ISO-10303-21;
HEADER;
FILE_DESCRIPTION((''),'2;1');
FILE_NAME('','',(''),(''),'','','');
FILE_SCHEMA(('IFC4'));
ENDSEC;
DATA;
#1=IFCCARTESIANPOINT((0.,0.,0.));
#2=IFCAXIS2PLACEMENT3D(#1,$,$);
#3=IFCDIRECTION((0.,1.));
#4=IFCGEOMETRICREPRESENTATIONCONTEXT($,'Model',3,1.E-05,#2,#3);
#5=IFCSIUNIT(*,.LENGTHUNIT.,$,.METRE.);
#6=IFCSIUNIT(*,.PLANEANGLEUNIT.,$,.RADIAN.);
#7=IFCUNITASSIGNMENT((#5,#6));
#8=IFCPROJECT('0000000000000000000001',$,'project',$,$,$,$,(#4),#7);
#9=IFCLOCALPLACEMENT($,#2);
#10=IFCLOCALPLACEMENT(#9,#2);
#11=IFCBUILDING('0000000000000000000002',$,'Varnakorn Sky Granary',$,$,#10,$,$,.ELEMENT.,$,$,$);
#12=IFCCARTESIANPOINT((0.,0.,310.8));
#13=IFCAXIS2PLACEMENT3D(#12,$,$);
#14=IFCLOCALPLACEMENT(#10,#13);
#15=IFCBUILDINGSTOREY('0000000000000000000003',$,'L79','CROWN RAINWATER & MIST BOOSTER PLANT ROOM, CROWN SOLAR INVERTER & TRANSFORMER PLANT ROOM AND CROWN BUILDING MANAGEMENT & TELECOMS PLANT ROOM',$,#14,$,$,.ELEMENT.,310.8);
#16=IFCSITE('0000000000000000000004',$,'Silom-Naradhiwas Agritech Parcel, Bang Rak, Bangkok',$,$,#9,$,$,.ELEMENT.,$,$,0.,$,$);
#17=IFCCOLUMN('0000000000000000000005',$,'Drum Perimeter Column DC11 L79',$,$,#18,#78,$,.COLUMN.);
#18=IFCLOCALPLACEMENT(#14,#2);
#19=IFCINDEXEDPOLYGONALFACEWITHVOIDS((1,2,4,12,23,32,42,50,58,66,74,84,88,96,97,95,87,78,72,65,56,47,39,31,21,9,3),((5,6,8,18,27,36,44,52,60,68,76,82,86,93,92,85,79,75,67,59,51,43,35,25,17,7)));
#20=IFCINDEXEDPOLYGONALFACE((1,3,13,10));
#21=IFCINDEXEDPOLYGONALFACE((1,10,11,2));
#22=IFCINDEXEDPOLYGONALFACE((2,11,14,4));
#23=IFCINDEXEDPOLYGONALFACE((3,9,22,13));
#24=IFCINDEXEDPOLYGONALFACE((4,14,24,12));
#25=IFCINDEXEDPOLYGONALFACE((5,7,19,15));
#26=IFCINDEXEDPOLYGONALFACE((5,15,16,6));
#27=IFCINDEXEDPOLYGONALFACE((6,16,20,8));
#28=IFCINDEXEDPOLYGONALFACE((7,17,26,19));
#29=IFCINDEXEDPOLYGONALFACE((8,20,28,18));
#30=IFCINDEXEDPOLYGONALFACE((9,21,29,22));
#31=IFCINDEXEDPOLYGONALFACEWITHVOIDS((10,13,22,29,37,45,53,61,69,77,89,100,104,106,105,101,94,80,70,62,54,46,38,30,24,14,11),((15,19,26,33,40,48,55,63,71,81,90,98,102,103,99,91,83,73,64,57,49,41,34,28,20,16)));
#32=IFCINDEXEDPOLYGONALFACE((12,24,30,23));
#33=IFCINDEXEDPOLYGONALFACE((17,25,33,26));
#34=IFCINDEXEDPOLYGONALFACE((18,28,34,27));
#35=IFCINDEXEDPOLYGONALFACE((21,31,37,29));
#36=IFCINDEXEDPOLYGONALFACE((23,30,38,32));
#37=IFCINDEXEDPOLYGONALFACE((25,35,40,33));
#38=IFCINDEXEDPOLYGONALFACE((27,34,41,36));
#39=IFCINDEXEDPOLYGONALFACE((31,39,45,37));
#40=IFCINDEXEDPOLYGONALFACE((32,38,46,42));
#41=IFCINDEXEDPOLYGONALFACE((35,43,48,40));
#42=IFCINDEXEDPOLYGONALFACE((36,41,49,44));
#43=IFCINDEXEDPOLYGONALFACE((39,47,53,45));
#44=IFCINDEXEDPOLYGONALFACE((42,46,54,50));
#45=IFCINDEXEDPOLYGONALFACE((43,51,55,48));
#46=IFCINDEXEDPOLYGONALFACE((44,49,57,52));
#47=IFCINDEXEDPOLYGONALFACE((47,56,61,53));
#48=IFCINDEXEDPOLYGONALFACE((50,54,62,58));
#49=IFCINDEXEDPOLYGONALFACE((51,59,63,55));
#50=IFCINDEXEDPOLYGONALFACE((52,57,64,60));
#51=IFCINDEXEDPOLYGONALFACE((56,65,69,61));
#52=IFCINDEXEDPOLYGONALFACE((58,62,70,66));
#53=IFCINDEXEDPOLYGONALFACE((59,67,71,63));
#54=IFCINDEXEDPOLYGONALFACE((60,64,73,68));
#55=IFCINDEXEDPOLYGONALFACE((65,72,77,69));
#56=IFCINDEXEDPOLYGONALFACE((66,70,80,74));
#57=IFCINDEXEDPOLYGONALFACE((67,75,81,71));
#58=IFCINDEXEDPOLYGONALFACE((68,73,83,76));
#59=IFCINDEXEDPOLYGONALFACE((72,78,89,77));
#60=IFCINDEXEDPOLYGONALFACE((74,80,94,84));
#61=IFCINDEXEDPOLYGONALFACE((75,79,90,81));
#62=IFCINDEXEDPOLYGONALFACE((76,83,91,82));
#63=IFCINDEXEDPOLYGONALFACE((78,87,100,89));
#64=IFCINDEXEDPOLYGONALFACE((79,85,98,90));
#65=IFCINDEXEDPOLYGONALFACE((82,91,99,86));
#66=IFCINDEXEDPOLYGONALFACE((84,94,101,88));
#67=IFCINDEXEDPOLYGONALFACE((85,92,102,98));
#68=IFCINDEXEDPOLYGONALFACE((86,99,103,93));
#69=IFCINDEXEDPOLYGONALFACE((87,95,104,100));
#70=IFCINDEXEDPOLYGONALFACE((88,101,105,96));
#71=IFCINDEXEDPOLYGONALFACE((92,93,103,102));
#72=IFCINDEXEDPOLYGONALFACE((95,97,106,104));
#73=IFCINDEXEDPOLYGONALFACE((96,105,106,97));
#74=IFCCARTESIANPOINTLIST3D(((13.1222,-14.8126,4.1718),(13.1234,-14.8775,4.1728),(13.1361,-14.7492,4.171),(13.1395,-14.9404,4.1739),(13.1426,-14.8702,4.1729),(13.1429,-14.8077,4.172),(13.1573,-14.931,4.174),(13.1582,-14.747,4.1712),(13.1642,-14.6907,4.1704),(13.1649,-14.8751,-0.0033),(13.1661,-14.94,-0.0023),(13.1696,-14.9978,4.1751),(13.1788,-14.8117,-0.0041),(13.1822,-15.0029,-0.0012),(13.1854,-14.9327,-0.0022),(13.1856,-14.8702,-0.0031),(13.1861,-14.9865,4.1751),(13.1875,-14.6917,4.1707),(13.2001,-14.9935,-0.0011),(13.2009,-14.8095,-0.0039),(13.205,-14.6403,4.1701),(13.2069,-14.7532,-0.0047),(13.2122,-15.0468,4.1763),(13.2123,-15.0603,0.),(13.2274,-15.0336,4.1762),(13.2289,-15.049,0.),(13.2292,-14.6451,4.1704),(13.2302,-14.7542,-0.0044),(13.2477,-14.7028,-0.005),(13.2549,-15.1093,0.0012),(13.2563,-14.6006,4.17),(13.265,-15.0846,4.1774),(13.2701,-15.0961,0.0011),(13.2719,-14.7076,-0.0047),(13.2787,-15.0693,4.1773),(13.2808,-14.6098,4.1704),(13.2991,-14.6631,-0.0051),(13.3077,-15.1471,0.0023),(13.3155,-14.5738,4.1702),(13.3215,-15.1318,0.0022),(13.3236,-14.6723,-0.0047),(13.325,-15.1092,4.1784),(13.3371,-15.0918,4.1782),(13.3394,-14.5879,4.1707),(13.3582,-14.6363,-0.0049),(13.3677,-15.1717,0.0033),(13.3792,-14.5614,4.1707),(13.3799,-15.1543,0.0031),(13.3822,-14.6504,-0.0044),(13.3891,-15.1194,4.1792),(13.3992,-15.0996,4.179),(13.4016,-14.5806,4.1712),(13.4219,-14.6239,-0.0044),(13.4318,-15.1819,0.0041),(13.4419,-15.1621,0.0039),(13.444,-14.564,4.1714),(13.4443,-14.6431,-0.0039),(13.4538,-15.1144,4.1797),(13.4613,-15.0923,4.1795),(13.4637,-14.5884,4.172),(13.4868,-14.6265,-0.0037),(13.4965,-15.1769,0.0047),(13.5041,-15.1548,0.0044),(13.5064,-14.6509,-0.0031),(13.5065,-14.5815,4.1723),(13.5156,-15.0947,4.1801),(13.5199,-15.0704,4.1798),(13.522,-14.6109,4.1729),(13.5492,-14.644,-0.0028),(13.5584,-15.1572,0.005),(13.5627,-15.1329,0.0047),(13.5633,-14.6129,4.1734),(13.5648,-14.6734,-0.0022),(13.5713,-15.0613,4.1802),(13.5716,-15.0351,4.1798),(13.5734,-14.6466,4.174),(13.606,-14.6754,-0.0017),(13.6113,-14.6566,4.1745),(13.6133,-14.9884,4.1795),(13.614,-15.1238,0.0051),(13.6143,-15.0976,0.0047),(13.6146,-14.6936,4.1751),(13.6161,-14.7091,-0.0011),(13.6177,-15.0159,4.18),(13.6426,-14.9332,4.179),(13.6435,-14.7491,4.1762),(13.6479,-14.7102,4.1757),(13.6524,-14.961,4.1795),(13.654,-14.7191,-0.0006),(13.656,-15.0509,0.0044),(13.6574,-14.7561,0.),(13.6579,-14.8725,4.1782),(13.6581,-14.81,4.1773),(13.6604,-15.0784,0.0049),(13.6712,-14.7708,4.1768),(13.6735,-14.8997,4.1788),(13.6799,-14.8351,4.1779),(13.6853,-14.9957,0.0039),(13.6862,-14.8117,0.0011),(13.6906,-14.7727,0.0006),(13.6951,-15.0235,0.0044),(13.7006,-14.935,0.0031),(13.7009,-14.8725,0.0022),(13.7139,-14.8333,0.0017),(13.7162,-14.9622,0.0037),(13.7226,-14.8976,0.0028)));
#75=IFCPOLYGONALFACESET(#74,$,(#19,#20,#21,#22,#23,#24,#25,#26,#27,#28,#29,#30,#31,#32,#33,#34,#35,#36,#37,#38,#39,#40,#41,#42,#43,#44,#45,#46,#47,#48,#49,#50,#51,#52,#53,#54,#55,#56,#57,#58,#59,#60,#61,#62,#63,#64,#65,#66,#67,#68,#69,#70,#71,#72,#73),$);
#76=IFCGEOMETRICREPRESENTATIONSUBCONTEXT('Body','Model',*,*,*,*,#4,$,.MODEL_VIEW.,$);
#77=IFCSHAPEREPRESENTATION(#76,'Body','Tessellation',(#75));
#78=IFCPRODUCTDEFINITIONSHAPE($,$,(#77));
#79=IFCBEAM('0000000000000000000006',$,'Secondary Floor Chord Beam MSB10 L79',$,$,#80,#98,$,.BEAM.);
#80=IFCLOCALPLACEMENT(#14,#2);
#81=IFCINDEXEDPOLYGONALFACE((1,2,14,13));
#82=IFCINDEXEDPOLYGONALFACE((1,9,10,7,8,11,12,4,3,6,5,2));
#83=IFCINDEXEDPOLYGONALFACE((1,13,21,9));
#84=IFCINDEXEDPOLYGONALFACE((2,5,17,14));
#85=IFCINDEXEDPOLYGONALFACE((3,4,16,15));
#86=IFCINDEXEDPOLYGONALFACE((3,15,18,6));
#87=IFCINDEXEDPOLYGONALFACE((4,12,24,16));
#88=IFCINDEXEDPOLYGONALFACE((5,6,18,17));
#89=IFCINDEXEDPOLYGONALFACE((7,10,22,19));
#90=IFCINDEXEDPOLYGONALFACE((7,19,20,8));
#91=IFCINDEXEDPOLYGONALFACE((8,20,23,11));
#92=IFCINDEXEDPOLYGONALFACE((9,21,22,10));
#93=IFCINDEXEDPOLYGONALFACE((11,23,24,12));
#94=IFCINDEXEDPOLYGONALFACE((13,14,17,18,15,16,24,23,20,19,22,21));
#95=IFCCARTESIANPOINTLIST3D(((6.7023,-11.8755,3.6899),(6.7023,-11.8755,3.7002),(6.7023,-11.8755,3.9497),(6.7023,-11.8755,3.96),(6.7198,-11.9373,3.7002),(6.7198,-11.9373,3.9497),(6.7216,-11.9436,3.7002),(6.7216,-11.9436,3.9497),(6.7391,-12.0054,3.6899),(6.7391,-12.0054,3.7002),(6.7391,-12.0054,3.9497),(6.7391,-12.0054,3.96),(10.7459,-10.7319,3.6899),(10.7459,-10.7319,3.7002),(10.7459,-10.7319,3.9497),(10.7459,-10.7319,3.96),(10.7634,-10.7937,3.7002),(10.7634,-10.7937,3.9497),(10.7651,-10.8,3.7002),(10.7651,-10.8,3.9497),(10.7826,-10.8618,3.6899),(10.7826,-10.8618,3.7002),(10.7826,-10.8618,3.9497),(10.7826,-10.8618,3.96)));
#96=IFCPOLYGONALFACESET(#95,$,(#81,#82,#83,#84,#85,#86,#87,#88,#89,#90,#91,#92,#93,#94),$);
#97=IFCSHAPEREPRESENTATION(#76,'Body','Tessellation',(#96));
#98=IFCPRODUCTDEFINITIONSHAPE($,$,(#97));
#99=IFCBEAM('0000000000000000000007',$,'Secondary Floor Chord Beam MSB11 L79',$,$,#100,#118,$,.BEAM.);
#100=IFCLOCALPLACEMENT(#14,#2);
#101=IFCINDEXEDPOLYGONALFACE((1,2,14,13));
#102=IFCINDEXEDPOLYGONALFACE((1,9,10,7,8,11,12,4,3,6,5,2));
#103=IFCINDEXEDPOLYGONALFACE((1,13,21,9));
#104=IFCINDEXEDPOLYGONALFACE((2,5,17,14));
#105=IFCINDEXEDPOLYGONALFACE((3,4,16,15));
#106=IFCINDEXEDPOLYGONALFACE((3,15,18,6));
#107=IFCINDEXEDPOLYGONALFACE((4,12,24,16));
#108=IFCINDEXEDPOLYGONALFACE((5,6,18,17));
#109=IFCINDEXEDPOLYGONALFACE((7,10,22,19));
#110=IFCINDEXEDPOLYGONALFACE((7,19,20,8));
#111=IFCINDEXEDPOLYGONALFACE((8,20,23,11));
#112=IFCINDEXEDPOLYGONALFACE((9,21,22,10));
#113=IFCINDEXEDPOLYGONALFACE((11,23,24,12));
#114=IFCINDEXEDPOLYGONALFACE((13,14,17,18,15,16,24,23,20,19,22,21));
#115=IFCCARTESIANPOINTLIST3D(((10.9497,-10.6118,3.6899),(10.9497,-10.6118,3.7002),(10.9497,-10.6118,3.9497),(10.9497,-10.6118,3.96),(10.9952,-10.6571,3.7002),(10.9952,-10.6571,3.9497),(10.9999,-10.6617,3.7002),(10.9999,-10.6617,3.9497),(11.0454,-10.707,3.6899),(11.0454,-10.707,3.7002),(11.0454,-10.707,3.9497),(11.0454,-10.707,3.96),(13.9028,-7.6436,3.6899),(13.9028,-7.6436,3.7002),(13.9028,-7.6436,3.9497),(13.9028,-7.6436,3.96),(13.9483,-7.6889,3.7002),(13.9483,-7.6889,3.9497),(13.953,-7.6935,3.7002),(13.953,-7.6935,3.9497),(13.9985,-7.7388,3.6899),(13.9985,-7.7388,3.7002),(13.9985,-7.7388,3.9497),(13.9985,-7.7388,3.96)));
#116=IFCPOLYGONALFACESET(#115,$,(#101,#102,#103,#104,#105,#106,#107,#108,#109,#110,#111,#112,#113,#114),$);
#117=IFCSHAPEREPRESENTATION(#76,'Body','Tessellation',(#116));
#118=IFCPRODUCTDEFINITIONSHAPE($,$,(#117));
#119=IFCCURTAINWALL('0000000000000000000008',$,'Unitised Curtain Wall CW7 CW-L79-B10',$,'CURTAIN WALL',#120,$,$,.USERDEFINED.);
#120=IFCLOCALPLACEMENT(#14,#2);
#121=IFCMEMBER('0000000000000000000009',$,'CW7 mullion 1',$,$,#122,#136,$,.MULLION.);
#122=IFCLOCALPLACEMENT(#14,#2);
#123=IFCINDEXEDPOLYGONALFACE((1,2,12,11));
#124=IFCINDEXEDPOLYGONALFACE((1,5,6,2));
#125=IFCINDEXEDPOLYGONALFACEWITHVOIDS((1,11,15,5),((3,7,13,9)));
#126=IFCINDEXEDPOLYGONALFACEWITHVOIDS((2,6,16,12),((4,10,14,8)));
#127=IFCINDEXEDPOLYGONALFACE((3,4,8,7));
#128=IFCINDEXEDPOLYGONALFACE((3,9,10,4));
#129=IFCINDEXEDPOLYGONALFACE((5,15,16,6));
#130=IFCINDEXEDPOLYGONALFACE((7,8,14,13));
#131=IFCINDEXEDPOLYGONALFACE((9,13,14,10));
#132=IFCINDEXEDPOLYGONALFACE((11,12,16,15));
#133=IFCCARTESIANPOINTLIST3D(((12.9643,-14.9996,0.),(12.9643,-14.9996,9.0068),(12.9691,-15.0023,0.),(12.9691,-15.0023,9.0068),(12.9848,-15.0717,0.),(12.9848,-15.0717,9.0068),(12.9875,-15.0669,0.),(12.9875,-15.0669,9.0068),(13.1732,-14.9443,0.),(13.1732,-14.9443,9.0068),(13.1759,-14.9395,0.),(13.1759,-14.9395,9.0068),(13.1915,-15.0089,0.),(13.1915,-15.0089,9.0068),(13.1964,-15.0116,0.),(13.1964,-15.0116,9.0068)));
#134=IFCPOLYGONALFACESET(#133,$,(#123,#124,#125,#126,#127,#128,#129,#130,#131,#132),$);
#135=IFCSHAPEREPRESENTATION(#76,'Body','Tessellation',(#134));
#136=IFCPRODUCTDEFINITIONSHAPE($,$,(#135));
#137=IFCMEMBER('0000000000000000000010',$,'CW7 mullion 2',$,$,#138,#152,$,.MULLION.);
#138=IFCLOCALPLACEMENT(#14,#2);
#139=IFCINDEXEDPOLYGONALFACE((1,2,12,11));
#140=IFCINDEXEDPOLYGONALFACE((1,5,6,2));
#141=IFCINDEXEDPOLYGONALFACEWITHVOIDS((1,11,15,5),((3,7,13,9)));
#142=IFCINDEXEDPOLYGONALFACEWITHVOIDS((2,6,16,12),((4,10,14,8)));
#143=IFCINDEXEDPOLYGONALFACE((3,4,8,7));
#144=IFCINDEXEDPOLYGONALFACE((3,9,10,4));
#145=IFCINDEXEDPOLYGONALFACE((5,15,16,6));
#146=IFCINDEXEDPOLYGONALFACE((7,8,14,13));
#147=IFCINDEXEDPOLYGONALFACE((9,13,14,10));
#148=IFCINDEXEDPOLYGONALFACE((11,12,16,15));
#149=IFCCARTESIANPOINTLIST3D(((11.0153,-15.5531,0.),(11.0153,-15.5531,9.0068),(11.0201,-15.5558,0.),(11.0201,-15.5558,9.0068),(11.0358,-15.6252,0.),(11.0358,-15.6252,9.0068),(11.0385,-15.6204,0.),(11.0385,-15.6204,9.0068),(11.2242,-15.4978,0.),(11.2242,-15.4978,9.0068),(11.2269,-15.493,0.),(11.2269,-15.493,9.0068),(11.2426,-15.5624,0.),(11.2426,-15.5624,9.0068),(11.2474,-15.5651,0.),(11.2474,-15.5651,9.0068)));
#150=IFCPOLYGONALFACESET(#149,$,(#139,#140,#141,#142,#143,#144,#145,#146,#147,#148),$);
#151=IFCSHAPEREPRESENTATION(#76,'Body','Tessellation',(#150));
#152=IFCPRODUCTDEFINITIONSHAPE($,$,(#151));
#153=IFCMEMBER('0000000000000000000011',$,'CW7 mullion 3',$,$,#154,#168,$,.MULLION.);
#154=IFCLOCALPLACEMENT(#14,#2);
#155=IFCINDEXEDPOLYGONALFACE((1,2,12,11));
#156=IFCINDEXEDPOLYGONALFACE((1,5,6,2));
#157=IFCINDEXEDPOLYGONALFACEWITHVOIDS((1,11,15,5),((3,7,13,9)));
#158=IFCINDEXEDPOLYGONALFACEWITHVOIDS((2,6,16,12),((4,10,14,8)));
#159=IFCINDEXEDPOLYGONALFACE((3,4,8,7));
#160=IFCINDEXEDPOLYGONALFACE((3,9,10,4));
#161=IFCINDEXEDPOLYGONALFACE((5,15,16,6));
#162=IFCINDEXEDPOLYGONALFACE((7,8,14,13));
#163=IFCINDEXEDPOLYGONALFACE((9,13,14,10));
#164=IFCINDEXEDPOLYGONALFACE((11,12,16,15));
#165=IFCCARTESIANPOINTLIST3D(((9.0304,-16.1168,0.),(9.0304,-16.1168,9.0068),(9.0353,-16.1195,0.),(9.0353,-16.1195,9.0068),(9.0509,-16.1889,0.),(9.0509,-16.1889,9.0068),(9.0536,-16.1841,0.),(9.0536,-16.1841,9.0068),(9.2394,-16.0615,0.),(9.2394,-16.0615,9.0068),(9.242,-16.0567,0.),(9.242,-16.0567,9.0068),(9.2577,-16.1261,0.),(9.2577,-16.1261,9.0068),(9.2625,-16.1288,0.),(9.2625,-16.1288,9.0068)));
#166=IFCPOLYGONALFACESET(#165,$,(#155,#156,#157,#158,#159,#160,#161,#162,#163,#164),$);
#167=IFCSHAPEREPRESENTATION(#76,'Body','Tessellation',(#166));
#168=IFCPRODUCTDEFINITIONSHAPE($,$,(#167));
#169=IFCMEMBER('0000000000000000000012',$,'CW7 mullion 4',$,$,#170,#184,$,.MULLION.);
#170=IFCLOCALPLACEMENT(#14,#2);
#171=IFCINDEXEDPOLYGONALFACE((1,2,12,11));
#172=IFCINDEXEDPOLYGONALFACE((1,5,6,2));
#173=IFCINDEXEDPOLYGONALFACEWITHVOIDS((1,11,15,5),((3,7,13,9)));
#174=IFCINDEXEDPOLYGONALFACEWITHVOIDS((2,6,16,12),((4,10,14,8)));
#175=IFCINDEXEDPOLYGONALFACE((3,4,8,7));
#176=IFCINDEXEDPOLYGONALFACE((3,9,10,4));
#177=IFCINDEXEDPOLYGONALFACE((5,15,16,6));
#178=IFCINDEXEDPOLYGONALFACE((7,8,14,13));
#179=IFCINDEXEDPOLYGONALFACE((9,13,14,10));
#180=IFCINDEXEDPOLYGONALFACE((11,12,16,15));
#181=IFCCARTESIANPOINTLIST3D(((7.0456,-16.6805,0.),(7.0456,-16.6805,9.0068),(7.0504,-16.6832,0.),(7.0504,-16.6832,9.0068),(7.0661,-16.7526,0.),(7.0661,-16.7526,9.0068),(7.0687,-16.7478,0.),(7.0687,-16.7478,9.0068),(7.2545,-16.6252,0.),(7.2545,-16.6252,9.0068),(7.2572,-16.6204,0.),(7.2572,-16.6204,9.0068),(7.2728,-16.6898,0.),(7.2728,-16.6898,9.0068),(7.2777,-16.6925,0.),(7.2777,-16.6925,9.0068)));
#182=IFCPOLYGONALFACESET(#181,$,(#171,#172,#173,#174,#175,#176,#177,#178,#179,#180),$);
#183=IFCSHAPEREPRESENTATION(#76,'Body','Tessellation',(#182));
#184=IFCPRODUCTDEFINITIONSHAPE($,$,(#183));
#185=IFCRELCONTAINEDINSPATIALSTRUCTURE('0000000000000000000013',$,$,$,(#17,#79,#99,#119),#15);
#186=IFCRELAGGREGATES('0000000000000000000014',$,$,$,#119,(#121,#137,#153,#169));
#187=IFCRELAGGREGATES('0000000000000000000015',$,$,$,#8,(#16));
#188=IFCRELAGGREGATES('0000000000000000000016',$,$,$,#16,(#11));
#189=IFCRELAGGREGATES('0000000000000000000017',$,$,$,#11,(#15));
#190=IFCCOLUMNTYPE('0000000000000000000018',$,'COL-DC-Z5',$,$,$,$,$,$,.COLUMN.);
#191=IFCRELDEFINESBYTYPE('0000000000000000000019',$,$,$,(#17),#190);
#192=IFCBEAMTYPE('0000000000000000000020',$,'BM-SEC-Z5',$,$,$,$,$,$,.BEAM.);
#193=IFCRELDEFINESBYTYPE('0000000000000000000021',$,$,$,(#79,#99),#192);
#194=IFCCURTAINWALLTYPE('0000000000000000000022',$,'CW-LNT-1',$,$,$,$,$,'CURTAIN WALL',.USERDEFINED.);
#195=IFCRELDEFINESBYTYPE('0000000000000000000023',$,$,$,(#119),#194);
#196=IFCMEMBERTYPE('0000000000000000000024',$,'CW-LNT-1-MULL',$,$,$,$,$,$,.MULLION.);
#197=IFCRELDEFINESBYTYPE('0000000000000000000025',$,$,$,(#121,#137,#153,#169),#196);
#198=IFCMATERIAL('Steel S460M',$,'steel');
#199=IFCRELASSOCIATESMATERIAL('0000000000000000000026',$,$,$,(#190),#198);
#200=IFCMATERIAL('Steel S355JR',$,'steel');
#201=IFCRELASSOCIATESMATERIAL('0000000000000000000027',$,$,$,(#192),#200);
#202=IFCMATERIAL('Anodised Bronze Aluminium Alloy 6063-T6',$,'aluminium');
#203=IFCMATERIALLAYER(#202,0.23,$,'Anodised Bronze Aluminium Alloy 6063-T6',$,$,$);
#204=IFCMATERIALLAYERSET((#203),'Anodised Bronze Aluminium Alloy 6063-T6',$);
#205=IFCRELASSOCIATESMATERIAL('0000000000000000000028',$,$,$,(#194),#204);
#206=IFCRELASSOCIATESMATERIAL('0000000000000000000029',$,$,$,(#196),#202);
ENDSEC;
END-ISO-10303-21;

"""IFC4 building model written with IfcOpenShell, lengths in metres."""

from ifc_helpers import new_model, si_unit, direction, frame, origin, origin_2d, place, context, subcontext, project, spatial, hollow_rectangle, hollow_circle, i_section, extrude, material, layer, layer_set, material_profile, profile_set, type_object, element, aggregate, save


model = new_model("IFC4")

# Units and contexts
model_context = context("Model", 3, precision=1e-05, world=origin(), true_north=direction((0.0, 1.0)))
body_context = subcontext(model_context, "Body", "Model", "MODEL_VIEW")
ifc_project = project(units=[si_unit("LENGTHUNIT", "METRE"), si_unit("PLANEANGLEUNIT", "RADIAN")], contexts=[model_context])

# Site, building, storey
site_placement = place(None, origin())
site = spatial("IfcSite", under=ifc_project, at=site_placement, Name="Silom-Naradhiwas Agritech Parcel, Bang Rak, Bangkok", CompositionType="ELEMENT", RefElevation=0.0)
building_placement = place(site_placement, origin())
building = spatial("IfcBuilding", under=site, at=building_placement, Name="Varnakorn Sky Granary", CompositionType="ELEMENT")
storey_placement = place(building_placement, frame((0.0, 0.0, 310.8)))
storey = spatial("IfcBuildingStorey", under=building, at=storey_placement, Name="L79", Description="CROWN RAINWATER & MIST BOOSTER PLANT ROOM, CROWN SOLAR INVERTER & TRANSFORMER PLANT ROOM AND CROWN BUILDING MANAGEMENT & TELECOMS PLANT ROOM", CompositionType="ELEMENT", Elevation=310.8)

# Column
ifc_material_1 = material(Name="Steel S460M", Category="steel")
ifc_material_profile_1 = material_profile(ifc_material_1, hollow_circle(Radius=0.2795, WallThickness=0.02, at=origin_2d()), Name="CHS 559x20")
ifc_profile_set_1 = profile_set([ifc_material_profile_1], Name="Steel S460M")
column_type = type_object("IfcColumnType", Name="COL-DC-Z5", PredefinedType="COLUMN", material=ifc_profile_set_1)
column_placement = place(storey_placement, frame((13.4431, -14.9026, 0.0), z_axis=(-0.010232, 0.014967, 0.999836), x_axis=(-0.825544, -0.564337, 0.0)))
element("IfcColumn", 1, at=column_placement, inside=storey, type_object=column_type, Name="Drum Perimeter Column DC11 L79", PredefinedType="COLUMN", context=body_context, shape_type="SweptSolid", body=[
    extrude(hollow_circle(Radius=0.2795, WallThickness=0.02, at=origin_2d()), origin(), (0.0, 0.0, 1.0), 4.1758),
])

# Beams
ifc_material_2 = material(Name="Steel S355JR", Category="steel")
ifc_material_profile_2 = material_profile(ifc_material_2, i_section(OverallWidth=0.135, OverallDepth=0.27, WebThickness=0.0066, FlangeThickness=0.0103, at=origin_2d()), Name="IPE 270")
ifc_profile_set_2 = profile_set([ifc_material_profile_2], Name="Steel S355JR")
beam_type = type_object("IfcBeamType", Name="BM-SEC-Z5", PredefinedType="BEAM", material=ifc_profile_set_2)
beam_1_placement = place(storey_placement, frame((6.7207, -11.9404, 3.825), z_axis=(0.962257, 0.272142, 0.0), x_axis=(-0.272142, 0.962257, 0.0)))
element("IfcBeam", 2, at=beam_1_placement, inside=storey, type_object=beam_type, Name="Secondary Floor Chord Beam MSB10 L79", PredefinedType="BEAM", context=body_context, shape_type="SweptSolid", body=[
    extrude(i_section(OverallWidth=0.135, OverallDepth=0.27, WebThickness=0.0066, FlangeThickness=0.0103, at=origin_2d()), origin(), (0.0, 0.0, 1.0), 4.2021),
])
beam_2_placement = place(storey_placement, frame((10.9976, -10.6594, 3.825), z_axis=(0.705297, 0.708912, 0.0), x_axis=(-0.708912, 0.705297, 0.0)))
element("IfcBeam", 3, at=beam_2_placement, inside=storey, type_object=beam_type, Name="Secondary Floor Chord Beam MSB11 L79", PredefinedType="BEAM", context=body_context, shape_type="SweptSolid", body=[
    extrude(i_section(OverallWidth=0.135, OverallDepth=0.27, WebThickness=0.0066, FlangeThickness=0.0103, at=origin_2d()), origin(), (0.0, 0.0, 1.0), 4.187),
])

# Curtain wall, members
ifc_material_3 = material(Name="Anodised Bronze Aluminium Alloy 6063-T6", Category="aluminium")
ifc_layer_1 = layer(ifc_material_3, 0.23, Name="Anodised Bronze Aluminium Alloy 6063-T6")
ifc_layer_set_1 = layer_set([ifc_layer_1], Name="Anodised Bronze Aluminium Alloy 6063-T6")
curtain_wall_type = type_object("IfcCurtainWallType", Name="CW-LNT-1", ElementType="CURTAIN WALL", PredefinedType="USERDEFINED", material=ifc_layer_set_1)
curtain_wall_placement = place(storey_placement, origin())
curtain_wall = element("IfcCurtainWall", 4, at=curtain_wall_placement, inside=storey, type_object=curtain_wall_type, Name="Unitised Curtain Wall CW7 CW-L79-B10", ObjectType="CURTAIN WALL", PredefinedType="USERDEFINED")
ifc_material_profile_3 = material_profile(ifc_material_3, hollow_rectangle(XDim=0.075, YDim=0.22, WallThickness=0.0039, at=origin_2d()), Name="ALU MULL 75x220")
ifc_profile_set_3 = profile_set([ifc_material_profile_3], Name="Anodised Bronze Aluminium Alloy 6063-T6")
member_type_1 = type_object("IfcMemberType", Name="CW-LNT-1-MULL", PredefinedType="MULLION", material=ifc_profile_set_3)
member_1_placement = place(storey_placement, frame((13.0803, -15.0056, 0.0), z_axis=(0.0, 0.0, 1.0), x_axis=(0.273207, -0.961955, 0.0)))
member_1 = element("IfcMember", 5, at=member_1_placement, type_object=member_type_1, Name="CW7 mullion 1", PredefinedType="MULLION", context=body_context, shape_type="SweptSolid", body=[
    extrude(hollow_rectangle(XDim=0.075, YDim=0.22, WallThickness=0.0039, at=origin_2d()), origin(), (0.0, 0.0, 1.0), 9.0068),
])
member_2_placement = place(storey_placement, frame((11.1313, -15.5591, 0.0), z_axis=(0.0, 0.0, 1.0), x_axis=(0.273207, -0.961955, 0.0)))
member_2 = element("IfcMember", 6, at=member_2_placement, type_object=member_type_1, Name="CW7 mullion 2", PredefinedType="MULLION", context=body_context, shape_type="SweptSolid", body=[
    extrude(hollow_rectangle(XDim=0.075, YDim=0.22, WallThickness=0.0039, at=origin_2d()), origin(), (0.0, 0.0, 1.0), 9.0068),
])
member_3_placement = place(storey_placement, frame((9.1465, -16.1228, 0.0), z_axis=(0.0, 0.0, 1.0), x_axis=(0.273207, -0.961955, 0.0)))
member_3 = element("IfcMember", 7, at=member_3_placement, type_object=member_type_1, Name="CW7 mullion 3", PredefinedType="MULLION", context=body_context, shape_type="SweptSolid", body=[
    extrude(hollow_rectangle(XDim=0.075, YDim=0.22, WallThickness=0.0039, at=origin_2d()), origin(), (0.0, 0.0, 1.0), 9.0068),
])
member_4_placement = place(storey_placement, frame((7.1616, -16.6865, 0.0), z_axis=(0.0, 0.0, 1.0), x_axis=(0.273207, -0.961955, 0.0)))
member_4 = element("IfcMember", 8, at=member_4_placement, type_object=member_type_1, Name="CW7 mullion 4", PredefinedType="MULLION", context=body_context, shape_type="SweptSolid", body=[
    extrude(hollow_rectangle(XDim=0.075, YDim=0.22, WallThickness=0.0039, at=origin_2d()), origin(), (0.0, 0.0, 1.0), 9.0068),
])

aggregate(curtain_wall, [member_1, member_2, member_3, member_4])

save(model, "model.ifc")
